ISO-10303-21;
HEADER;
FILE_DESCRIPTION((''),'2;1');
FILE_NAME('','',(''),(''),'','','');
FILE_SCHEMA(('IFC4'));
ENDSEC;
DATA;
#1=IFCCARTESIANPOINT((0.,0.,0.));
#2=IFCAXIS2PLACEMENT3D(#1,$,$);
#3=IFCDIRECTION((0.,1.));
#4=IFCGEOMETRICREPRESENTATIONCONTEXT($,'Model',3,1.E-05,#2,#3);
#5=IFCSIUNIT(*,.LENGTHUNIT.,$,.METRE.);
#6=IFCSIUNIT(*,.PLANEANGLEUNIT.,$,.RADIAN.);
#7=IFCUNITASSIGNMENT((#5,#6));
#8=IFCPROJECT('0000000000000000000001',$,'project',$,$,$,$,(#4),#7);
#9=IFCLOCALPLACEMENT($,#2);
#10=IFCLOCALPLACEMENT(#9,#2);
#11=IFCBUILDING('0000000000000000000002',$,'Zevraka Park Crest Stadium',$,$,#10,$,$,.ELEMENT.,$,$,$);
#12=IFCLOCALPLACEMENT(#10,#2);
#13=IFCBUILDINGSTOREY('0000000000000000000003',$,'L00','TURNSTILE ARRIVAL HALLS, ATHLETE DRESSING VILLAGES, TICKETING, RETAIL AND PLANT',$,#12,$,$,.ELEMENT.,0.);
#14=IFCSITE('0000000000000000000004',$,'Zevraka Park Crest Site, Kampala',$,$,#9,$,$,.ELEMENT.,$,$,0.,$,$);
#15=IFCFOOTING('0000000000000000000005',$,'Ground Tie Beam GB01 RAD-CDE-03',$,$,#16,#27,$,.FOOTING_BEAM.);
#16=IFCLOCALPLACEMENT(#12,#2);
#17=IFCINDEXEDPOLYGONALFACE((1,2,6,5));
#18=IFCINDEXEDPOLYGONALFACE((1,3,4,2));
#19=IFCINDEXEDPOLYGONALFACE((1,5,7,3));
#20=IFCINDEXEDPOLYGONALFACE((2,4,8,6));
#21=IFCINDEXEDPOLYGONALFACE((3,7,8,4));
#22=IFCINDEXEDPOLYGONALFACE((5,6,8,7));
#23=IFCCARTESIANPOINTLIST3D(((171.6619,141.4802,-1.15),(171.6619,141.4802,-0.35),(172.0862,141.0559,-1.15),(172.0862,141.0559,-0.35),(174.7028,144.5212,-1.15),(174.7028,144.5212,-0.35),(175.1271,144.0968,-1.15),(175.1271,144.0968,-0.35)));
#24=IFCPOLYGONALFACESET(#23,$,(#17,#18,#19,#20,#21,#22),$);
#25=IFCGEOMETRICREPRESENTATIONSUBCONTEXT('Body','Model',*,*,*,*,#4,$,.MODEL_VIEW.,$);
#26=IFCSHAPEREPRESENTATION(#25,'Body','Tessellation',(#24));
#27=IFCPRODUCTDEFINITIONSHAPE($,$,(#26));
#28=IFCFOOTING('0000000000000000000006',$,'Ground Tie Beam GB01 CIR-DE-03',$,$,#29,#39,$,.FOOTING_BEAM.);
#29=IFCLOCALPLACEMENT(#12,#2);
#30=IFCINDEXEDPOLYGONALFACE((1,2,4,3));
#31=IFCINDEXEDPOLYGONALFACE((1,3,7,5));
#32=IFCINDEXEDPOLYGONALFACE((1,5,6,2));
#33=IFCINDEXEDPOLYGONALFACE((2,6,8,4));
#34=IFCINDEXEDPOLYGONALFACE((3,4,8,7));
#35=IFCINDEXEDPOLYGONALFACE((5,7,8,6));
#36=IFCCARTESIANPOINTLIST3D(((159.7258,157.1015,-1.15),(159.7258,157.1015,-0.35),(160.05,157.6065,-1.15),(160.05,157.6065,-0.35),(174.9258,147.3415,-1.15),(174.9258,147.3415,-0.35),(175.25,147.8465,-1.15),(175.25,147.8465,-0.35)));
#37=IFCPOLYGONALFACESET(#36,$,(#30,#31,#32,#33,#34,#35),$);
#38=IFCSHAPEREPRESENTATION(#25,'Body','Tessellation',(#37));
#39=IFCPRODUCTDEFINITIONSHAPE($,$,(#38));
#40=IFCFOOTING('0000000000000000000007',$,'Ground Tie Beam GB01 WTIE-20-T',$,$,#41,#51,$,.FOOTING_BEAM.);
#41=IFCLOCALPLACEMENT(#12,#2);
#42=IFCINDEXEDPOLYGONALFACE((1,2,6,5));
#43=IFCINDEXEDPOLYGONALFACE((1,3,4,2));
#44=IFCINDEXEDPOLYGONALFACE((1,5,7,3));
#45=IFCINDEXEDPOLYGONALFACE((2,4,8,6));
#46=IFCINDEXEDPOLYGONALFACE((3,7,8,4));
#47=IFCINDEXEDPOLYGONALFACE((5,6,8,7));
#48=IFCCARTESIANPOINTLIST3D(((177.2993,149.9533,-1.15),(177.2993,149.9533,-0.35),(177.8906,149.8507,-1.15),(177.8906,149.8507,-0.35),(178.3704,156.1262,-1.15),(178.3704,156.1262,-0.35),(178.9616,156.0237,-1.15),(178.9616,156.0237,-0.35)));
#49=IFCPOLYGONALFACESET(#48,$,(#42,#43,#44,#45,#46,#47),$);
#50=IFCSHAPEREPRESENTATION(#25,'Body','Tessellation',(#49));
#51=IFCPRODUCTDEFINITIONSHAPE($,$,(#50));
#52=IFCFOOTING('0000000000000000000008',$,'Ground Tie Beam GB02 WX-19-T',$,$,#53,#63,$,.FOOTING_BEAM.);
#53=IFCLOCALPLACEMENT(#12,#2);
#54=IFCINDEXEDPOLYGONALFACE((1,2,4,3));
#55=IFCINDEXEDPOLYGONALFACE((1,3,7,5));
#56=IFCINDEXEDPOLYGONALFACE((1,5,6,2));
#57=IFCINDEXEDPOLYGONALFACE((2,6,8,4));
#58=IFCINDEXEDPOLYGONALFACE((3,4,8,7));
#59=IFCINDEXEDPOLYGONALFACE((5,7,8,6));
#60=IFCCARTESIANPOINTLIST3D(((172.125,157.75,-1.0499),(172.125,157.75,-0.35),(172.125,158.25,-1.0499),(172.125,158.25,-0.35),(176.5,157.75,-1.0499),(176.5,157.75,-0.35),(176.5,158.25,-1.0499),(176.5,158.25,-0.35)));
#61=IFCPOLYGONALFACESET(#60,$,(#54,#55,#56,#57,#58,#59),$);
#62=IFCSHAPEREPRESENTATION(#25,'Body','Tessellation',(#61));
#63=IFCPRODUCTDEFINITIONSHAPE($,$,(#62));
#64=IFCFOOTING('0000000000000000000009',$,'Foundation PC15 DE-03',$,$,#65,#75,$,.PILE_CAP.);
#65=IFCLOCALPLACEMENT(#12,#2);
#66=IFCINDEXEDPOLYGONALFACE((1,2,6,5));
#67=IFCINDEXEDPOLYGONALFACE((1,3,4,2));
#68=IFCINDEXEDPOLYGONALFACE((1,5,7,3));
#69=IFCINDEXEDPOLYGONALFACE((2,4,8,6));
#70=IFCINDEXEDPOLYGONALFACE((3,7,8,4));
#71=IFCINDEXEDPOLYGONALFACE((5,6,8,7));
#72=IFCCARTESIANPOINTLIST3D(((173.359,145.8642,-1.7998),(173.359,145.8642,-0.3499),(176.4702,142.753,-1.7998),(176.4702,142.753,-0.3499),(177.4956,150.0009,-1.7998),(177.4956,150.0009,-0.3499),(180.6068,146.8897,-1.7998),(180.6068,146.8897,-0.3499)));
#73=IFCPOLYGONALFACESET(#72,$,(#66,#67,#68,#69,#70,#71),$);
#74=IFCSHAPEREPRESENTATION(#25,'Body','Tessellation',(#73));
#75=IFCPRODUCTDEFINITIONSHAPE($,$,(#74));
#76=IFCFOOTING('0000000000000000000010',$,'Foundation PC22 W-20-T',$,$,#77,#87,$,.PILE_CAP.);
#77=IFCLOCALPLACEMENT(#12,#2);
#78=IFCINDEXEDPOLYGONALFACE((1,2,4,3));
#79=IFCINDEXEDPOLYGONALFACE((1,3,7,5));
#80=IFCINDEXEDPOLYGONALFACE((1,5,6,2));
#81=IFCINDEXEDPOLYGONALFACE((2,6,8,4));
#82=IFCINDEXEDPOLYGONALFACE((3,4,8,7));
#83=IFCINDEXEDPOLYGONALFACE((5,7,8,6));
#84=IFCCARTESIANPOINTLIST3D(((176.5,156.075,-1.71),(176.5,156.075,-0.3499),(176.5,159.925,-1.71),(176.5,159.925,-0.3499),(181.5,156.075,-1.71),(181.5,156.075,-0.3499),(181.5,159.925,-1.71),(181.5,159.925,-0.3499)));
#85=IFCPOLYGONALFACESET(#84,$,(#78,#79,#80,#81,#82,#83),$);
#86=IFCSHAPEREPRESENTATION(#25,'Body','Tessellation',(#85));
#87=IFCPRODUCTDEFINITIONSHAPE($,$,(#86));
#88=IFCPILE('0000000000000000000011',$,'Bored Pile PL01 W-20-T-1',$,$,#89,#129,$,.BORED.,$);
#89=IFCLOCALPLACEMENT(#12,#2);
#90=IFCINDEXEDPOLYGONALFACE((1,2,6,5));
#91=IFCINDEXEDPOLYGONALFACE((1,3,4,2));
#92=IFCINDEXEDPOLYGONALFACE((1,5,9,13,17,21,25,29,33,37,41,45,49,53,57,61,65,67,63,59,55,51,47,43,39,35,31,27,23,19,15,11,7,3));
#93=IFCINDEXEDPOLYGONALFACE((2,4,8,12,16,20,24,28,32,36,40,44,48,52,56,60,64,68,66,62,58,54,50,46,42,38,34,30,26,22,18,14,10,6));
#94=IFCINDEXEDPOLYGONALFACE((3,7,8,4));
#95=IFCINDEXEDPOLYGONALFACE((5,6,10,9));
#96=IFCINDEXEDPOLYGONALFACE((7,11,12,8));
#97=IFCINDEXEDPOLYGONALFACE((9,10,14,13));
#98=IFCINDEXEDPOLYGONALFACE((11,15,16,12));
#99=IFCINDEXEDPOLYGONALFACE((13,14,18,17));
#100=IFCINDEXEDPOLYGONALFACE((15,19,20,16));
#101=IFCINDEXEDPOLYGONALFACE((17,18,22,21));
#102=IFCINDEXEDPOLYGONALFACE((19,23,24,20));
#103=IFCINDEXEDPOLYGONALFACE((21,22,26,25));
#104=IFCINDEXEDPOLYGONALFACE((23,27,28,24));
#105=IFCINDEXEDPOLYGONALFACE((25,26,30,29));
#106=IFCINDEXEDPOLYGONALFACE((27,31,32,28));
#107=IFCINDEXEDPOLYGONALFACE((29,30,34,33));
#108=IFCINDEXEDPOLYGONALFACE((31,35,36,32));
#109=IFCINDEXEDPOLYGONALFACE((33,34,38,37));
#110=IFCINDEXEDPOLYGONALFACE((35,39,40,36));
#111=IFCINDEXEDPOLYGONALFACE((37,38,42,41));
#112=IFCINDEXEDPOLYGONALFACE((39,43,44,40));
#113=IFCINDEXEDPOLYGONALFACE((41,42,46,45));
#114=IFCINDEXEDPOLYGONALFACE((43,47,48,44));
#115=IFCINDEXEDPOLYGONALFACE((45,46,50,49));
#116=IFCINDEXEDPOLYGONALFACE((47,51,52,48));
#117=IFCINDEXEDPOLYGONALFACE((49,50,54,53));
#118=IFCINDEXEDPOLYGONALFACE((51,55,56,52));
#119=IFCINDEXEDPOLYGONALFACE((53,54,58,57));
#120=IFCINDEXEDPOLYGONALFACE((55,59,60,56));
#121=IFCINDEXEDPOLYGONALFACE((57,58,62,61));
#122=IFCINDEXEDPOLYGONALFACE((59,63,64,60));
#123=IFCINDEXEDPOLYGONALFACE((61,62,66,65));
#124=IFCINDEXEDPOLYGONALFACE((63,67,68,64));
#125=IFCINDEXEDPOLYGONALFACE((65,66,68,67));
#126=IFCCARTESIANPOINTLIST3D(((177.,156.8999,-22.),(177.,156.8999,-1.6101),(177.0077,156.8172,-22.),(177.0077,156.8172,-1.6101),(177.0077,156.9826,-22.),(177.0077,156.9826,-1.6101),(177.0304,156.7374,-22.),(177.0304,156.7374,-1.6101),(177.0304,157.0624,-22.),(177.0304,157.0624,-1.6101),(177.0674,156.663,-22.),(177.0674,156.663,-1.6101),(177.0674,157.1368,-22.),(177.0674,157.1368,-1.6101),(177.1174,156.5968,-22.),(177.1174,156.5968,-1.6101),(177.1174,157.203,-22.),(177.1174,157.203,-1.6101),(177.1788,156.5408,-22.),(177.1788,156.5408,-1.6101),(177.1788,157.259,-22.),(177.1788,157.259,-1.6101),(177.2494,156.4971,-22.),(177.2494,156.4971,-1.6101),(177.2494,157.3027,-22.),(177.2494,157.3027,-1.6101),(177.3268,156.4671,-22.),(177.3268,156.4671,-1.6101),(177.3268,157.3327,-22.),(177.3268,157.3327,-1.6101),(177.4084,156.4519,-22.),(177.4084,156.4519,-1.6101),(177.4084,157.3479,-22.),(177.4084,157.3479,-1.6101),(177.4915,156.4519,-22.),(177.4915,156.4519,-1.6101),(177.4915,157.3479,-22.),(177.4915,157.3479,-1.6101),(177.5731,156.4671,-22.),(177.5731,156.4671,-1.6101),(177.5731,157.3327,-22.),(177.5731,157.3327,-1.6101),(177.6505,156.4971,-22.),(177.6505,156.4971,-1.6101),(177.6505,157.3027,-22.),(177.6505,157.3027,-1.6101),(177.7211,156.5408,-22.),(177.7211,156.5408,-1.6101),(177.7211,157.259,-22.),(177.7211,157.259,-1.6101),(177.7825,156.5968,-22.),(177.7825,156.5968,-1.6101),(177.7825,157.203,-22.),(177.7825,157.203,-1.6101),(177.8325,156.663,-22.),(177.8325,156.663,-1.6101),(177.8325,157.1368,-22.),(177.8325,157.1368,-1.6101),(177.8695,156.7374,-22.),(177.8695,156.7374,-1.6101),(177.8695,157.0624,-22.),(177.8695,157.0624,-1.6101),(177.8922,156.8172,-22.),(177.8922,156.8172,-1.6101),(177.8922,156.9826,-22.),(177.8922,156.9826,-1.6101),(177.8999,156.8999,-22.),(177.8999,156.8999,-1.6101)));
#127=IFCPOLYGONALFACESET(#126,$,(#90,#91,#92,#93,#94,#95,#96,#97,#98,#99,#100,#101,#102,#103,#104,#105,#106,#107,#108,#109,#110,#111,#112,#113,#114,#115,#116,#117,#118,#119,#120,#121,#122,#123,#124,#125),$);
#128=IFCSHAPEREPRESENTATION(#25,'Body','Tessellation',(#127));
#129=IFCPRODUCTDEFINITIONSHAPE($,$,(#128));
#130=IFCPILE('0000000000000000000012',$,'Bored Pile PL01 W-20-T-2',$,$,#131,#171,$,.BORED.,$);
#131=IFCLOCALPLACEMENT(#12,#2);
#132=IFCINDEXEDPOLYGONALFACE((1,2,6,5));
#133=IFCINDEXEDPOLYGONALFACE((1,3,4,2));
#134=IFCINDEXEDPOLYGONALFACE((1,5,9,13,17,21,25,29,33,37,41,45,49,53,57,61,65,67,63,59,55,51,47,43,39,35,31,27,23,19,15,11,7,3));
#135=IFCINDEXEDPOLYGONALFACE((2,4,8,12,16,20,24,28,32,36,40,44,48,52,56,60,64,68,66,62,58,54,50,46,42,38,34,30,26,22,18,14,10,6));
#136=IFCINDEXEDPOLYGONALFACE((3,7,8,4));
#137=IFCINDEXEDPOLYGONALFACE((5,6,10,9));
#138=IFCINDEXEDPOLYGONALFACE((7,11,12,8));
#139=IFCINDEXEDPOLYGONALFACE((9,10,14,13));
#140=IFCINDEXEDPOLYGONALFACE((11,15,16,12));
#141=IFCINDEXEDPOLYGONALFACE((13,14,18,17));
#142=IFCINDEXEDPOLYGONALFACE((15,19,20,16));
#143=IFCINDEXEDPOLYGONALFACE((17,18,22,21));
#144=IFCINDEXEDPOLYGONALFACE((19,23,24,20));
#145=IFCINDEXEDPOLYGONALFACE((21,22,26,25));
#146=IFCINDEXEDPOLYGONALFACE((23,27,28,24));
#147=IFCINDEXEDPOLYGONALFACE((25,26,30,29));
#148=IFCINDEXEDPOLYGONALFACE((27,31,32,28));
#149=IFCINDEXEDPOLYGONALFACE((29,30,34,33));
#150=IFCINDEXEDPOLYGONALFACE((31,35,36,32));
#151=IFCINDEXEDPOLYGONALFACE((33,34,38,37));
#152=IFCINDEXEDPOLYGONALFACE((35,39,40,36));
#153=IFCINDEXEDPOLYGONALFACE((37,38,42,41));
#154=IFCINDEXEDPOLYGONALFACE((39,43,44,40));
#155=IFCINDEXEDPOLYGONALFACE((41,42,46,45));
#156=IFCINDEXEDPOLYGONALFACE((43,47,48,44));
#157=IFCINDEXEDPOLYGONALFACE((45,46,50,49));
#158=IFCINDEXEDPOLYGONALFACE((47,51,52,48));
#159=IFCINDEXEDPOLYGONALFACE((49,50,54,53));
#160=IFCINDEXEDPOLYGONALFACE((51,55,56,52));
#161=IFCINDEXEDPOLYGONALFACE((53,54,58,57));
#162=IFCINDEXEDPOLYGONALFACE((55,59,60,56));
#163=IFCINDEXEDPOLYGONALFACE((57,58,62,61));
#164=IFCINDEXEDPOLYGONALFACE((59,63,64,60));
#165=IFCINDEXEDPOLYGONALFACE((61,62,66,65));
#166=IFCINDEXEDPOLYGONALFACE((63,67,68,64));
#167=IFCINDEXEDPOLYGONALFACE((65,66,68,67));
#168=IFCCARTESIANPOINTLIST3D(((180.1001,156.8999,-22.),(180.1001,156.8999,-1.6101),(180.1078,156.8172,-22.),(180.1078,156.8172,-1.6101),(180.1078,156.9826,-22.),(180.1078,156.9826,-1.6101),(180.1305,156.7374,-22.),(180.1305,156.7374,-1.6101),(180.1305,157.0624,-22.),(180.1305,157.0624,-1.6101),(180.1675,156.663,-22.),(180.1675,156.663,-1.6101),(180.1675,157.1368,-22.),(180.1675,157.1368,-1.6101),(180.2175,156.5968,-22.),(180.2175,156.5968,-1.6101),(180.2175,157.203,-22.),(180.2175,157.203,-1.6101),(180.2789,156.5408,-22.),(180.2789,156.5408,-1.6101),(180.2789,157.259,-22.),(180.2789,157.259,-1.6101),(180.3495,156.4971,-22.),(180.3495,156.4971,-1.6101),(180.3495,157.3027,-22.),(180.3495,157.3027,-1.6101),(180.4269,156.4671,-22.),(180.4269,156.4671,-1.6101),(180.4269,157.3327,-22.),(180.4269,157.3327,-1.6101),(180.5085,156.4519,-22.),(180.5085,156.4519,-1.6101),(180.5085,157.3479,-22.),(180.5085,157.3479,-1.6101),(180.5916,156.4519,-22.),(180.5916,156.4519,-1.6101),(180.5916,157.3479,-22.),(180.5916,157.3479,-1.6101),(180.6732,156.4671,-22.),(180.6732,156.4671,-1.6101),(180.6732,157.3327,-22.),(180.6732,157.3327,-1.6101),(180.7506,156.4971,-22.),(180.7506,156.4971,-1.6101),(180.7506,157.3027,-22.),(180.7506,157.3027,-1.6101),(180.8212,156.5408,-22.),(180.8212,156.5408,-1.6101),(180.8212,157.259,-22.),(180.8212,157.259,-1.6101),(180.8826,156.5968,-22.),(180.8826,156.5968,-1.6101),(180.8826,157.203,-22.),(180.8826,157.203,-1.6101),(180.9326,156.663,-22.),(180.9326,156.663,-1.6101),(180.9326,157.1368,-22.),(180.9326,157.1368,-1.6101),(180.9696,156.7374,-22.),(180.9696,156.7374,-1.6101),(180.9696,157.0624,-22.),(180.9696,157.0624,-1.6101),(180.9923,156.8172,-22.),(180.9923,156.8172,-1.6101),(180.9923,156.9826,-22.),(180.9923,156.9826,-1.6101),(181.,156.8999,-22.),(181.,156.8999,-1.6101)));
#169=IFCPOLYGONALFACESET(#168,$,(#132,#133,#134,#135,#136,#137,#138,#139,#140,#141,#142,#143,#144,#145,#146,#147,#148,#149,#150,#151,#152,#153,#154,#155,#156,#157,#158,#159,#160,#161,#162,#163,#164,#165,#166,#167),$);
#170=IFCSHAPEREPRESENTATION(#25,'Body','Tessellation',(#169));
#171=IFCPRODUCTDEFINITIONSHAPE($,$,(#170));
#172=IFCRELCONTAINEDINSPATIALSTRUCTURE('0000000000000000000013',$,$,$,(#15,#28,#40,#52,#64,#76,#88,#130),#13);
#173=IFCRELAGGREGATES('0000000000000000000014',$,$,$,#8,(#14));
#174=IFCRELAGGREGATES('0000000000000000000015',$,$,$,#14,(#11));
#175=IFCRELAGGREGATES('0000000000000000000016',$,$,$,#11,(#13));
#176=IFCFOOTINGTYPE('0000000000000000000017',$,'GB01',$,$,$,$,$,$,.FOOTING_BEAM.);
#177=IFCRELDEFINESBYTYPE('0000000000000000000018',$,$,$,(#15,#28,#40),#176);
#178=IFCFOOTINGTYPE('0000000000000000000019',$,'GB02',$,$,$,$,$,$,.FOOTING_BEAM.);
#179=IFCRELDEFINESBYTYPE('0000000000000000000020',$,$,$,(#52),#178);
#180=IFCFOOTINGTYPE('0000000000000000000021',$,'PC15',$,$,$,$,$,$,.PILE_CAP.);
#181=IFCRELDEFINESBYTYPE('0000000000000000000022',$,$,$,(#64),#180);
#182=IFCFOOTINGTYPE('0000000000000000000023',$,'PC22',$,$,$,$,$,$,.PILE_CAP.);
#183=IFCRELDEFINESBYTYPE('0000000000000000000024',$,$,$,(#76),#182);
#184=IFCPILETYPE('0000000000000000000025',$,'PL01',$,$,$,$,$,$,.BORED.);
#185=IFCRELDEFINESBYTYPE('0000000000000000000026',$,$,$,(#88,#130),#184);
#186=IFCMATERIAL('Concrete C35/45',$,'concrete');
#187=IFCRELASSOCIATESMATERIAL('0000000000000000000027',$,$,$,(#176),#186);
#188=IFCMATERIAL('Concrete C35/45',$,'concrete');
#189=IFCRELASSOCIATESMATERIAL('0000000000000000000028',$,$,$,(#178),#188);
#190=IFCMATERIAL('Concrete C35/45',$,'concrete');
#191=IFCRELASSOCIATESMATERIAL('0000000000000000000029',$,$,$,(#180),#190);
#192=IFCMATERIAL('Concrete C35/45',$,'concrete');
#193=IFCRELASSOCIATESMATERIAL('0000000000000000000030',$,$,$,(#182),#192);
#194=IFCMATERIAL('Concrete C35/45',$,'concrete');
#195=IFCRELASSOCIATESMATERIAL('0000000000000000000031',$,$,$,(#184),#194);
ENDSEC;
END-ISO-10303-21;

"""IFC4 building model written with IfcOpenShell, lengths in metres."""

from ifc_helpers import new_model, si_unit, direction, frame, origin, origin_2d, place, context, subcontext, project, spatial, rectangle, circle, extrude, material, material_profile, profile_set, type_object, element, save


model = new_model("IFC4")

# Units and contexts
model_context = context("Model", 3, precision=1e-05, world=origin(), true_north=direction((0.0, 1.0)))
body_context = subcontext(model_context, "Body", "Model", "MODEL_VIEW")
ifc_project = project(units=[si_unit("LENGTHUNIT", "METRE"), si_unit("PLANEANGLEUNIT", "RADIAN")], contexts=[model_context])

# Site, building, storey
site_placement = place(None, origin())
site = spatial("IfcSite", under=ifc_project, at=site_placement, Name="Zevraka Park Crest Site, Kampala", CompositionType="ELEMENT", RefElevation=0.0)
building_placement = place(site_placement, origin())
building = spatial("IfcBuilding", under=site, at=building_placement, Name="Zevraka Park Crest Stadium", CompositionType="ELEMENT")
storey_placement = place(building_placement, origin())
storey = spatial("IfcBuildingStorey", under=building, at=storey_placement, Name="L00", Description="TURNSTILE ARRIVAL HALLS, ATHLETE DRESSING VILLAGES, TICKETING, RETAIL AND PLANT", CompositionType="ELEMENT", Elevation=0.0)

# Footings
ifc_material_1 = material(Name="Concrete C35/45", Category="concrete")
ifc_material_profile_1 = material_profile(ifc_material_1, rectangle(XDim=0.6001, YDim=0.8, at=origin_2d()), Name="GB 800x600")
ifc_profile_set_1 = profile_set([ifc_material_profile_1], Name="Concrete C35/45")
footing_type_1 = type_object("IfcFootingType", Name="GB01", PredefinedType="FOOTING_BEAM", material=ifc_profile_set_1)
footing_1_placement = place(storey_placement, frame((171.874, 141.2681, -0.75), z_axis=(0.707107, 0.707107, 0.0), x_axis=(-0.707107, 0.707107, 0.0)))
element("IfcFooting", 1, at=footing_1_placement, inside=storey, type_object=footing_type_1, Name="Ground Tie Beam GB01 RAD-CDE-03", PredefinedType="FOOTING_BEAM", context=body_context, shape_type="SweptSolid", body=[
    extrude(rectangle(XDim=0.6001, YDim=0.8, at=origin_2d()), origin(), (0.0, 0.0, 1.0), 4.3005),
])
footing_2_placement = place(storey_placement, frame((175.0879, 147.594, -0.75), z_axis=(-0.841465, 0.540311, 0.0), x_axis=(-0.540311, -0.841465, 0.0)))
element("IfcFooting", 2, at=footing_2_placement, inside=storey, type_object=footing_type_1, Name="Ground Tie Beam GB01 CIR-DE-03", PredefinedType="FOOTING_BEAM", context=body_context, shape_type="SweptSolid", body=[
    extrude(rectangle(XDim=0.6001, YDim=0.8, at=origin_2d()), origin(), (0.0, 0.0, 1.0), 18.0637),
])
footing_3_placement = place(storey_placement, frame((178.666, 156.075, -0.75), z_axis=(-0.170955, -0.985279, 0.0), x_axis=(0.985279, -0.170955, 0.0)))
element("IfcFooting", 3, at=footing_3_placement, inside=storey, type_object=footing_type_1, Name="Ground Tie Beam GB01 WTIE-20-T", PredefinedType="FOOTING_BEAM", context=body_context, shape_type="SweptSolid", body=[
    extrude(rectangle(XDim=0.6001, YDim=0.8, at=origin_2d()), origin(), (0.0, 0.0, 1.0), 6.2651),
])
ifc_material_2 = material(Name="Concrete C35/45", Category="concrete")
ifc_material_profile_2 = material_profile(ifc_material_2, rectangle(XDim=0.5, YDim=0.7, at=origin_2d()), Name="GB 700x500")
ifc_profile_set_2 = profile_set([ifc_material_profile_2], Name="Concrete C35/45")
footing_type_2 = type_object("IfcFootingType", Name="GB02", PredefinedType="FOOTING_BEAM", material=ifc_profile_set_2)
footing_4_placement = place(storey_placement, frame((172.125, 158.0, -0.7), z_axis=(1.0, 0.0, 0.0), x_axis=(0.0, 1.0, 0.0)))
element("IfcFooting", 4, at=footing_4_placement, inside=storey, type_object=footing_type_2, Name="Ground Tie Beam GB02 WX-19-T", PredefinedType="FOOTING_BEAM", context=body_context, shape_type="SweptSolid", body=[
    extrude(rectangle(XDim=0.5, YDim=0.7, at=origin_2d()), origin(), (0.0, 0.0, 1.0), 4.375),
])
ifc_material_3 = material(Name="Concrete C35/45", Category="concrete")
footing_type_3 = type_object("IfcFootingType", Name="PC15", PredefinedType="PILE_CAP", material=ifc_material_3)
footing_5_placement = place(storey_placement, frame((176.9829, 146.377, -1.7998), z_axis=(0.0, 0.0, 1.0), x_axis=(0.707107, 0.707107, 0.0)))
element("IfcFooting", 5, at=footing_5_placement, inside=storey, type_object=footing_type_3, Name="Foundation PC15 DE-03", PredefinedType="PILE_CAP", context=body_context, shape_type="SweptSolid", body=[
    extrude(rectangle(XDim=5.8501, YDim=4.3999, at=origin_2d()), origin(), (0.0, 0.0, 1.0), 1.45),
])
ifc_material_4 = material(Name="Concrete C35/45", Category="concrete")
footing_type_4 = type_object("IfcFootingType", Name="PC22", PredefinedType="PILE_CAP", material=ifc_material_4)
footing_6_placement = place(storey_placement, frame((179.0, 158.0, -1.71), z_axis=(0.0, 0.0, 1.0), x_axis=(1.0, 0.0, 0.0)))
element("IfcFooting", 6, at=footing_6_placement, inside=storey, type_object=footing_type_4, Name="Foundation PC22 W-20-T", PredefinedType="PILE_CAP", context=body_context, shape_type="SweptSolid", body=[
    extrude(rectangle(XDim=5.0, YDim=3.8501, at=origin_2d()), origin(), (0.0, 0.0, 1.0), 1.3601),
])

# Piles
ifc_material_5 = material(Name="Concrete C35/45", Category="concrete")
ifc_material_profile_3 = material_profile(ifc_material_5, circle(Radius=0.45, at=origin_2d()), Name="PILE D900")
ifc_profile_set_3 = profile_set([ifc_material_profile_3], Name="Concrete C35/45")
pile_type_1 = type_object("IfcPileType", Name="PL01", PredefinedType="BORED", material=ifc_profile_set_3)
for number, where, z_axis, x_axis, name in (
    (7, (177.45, 156.8999, -1.6101), (0.0, 0.0, -1.0), (1.0, 0.0, 0.0), "Bored Pile PL01 W-20-T-1"),
    (8, (180.55, 156.8999, -1.6101), (0.0, 0.0, -1.0), (1.0, 0.0, 0.0), "Bored Pile PL01 W-20-T-2"),
):
    element("IfcPile", number, at=place(storey_placement, frame(where, z_axis=z_axis, x_axis=x_axis)), inside=storey, type_object=pile_type_1, Name=name, PredefinedType="BORED", context=body_context, shape_type="SweptSolid", body=[
        extrude(circle(Radius=0.45, at=origin_2d()), origin(), (0.0, 0.0, 1.0), 20.3899),
    ])

save(model, "model.ifc")
